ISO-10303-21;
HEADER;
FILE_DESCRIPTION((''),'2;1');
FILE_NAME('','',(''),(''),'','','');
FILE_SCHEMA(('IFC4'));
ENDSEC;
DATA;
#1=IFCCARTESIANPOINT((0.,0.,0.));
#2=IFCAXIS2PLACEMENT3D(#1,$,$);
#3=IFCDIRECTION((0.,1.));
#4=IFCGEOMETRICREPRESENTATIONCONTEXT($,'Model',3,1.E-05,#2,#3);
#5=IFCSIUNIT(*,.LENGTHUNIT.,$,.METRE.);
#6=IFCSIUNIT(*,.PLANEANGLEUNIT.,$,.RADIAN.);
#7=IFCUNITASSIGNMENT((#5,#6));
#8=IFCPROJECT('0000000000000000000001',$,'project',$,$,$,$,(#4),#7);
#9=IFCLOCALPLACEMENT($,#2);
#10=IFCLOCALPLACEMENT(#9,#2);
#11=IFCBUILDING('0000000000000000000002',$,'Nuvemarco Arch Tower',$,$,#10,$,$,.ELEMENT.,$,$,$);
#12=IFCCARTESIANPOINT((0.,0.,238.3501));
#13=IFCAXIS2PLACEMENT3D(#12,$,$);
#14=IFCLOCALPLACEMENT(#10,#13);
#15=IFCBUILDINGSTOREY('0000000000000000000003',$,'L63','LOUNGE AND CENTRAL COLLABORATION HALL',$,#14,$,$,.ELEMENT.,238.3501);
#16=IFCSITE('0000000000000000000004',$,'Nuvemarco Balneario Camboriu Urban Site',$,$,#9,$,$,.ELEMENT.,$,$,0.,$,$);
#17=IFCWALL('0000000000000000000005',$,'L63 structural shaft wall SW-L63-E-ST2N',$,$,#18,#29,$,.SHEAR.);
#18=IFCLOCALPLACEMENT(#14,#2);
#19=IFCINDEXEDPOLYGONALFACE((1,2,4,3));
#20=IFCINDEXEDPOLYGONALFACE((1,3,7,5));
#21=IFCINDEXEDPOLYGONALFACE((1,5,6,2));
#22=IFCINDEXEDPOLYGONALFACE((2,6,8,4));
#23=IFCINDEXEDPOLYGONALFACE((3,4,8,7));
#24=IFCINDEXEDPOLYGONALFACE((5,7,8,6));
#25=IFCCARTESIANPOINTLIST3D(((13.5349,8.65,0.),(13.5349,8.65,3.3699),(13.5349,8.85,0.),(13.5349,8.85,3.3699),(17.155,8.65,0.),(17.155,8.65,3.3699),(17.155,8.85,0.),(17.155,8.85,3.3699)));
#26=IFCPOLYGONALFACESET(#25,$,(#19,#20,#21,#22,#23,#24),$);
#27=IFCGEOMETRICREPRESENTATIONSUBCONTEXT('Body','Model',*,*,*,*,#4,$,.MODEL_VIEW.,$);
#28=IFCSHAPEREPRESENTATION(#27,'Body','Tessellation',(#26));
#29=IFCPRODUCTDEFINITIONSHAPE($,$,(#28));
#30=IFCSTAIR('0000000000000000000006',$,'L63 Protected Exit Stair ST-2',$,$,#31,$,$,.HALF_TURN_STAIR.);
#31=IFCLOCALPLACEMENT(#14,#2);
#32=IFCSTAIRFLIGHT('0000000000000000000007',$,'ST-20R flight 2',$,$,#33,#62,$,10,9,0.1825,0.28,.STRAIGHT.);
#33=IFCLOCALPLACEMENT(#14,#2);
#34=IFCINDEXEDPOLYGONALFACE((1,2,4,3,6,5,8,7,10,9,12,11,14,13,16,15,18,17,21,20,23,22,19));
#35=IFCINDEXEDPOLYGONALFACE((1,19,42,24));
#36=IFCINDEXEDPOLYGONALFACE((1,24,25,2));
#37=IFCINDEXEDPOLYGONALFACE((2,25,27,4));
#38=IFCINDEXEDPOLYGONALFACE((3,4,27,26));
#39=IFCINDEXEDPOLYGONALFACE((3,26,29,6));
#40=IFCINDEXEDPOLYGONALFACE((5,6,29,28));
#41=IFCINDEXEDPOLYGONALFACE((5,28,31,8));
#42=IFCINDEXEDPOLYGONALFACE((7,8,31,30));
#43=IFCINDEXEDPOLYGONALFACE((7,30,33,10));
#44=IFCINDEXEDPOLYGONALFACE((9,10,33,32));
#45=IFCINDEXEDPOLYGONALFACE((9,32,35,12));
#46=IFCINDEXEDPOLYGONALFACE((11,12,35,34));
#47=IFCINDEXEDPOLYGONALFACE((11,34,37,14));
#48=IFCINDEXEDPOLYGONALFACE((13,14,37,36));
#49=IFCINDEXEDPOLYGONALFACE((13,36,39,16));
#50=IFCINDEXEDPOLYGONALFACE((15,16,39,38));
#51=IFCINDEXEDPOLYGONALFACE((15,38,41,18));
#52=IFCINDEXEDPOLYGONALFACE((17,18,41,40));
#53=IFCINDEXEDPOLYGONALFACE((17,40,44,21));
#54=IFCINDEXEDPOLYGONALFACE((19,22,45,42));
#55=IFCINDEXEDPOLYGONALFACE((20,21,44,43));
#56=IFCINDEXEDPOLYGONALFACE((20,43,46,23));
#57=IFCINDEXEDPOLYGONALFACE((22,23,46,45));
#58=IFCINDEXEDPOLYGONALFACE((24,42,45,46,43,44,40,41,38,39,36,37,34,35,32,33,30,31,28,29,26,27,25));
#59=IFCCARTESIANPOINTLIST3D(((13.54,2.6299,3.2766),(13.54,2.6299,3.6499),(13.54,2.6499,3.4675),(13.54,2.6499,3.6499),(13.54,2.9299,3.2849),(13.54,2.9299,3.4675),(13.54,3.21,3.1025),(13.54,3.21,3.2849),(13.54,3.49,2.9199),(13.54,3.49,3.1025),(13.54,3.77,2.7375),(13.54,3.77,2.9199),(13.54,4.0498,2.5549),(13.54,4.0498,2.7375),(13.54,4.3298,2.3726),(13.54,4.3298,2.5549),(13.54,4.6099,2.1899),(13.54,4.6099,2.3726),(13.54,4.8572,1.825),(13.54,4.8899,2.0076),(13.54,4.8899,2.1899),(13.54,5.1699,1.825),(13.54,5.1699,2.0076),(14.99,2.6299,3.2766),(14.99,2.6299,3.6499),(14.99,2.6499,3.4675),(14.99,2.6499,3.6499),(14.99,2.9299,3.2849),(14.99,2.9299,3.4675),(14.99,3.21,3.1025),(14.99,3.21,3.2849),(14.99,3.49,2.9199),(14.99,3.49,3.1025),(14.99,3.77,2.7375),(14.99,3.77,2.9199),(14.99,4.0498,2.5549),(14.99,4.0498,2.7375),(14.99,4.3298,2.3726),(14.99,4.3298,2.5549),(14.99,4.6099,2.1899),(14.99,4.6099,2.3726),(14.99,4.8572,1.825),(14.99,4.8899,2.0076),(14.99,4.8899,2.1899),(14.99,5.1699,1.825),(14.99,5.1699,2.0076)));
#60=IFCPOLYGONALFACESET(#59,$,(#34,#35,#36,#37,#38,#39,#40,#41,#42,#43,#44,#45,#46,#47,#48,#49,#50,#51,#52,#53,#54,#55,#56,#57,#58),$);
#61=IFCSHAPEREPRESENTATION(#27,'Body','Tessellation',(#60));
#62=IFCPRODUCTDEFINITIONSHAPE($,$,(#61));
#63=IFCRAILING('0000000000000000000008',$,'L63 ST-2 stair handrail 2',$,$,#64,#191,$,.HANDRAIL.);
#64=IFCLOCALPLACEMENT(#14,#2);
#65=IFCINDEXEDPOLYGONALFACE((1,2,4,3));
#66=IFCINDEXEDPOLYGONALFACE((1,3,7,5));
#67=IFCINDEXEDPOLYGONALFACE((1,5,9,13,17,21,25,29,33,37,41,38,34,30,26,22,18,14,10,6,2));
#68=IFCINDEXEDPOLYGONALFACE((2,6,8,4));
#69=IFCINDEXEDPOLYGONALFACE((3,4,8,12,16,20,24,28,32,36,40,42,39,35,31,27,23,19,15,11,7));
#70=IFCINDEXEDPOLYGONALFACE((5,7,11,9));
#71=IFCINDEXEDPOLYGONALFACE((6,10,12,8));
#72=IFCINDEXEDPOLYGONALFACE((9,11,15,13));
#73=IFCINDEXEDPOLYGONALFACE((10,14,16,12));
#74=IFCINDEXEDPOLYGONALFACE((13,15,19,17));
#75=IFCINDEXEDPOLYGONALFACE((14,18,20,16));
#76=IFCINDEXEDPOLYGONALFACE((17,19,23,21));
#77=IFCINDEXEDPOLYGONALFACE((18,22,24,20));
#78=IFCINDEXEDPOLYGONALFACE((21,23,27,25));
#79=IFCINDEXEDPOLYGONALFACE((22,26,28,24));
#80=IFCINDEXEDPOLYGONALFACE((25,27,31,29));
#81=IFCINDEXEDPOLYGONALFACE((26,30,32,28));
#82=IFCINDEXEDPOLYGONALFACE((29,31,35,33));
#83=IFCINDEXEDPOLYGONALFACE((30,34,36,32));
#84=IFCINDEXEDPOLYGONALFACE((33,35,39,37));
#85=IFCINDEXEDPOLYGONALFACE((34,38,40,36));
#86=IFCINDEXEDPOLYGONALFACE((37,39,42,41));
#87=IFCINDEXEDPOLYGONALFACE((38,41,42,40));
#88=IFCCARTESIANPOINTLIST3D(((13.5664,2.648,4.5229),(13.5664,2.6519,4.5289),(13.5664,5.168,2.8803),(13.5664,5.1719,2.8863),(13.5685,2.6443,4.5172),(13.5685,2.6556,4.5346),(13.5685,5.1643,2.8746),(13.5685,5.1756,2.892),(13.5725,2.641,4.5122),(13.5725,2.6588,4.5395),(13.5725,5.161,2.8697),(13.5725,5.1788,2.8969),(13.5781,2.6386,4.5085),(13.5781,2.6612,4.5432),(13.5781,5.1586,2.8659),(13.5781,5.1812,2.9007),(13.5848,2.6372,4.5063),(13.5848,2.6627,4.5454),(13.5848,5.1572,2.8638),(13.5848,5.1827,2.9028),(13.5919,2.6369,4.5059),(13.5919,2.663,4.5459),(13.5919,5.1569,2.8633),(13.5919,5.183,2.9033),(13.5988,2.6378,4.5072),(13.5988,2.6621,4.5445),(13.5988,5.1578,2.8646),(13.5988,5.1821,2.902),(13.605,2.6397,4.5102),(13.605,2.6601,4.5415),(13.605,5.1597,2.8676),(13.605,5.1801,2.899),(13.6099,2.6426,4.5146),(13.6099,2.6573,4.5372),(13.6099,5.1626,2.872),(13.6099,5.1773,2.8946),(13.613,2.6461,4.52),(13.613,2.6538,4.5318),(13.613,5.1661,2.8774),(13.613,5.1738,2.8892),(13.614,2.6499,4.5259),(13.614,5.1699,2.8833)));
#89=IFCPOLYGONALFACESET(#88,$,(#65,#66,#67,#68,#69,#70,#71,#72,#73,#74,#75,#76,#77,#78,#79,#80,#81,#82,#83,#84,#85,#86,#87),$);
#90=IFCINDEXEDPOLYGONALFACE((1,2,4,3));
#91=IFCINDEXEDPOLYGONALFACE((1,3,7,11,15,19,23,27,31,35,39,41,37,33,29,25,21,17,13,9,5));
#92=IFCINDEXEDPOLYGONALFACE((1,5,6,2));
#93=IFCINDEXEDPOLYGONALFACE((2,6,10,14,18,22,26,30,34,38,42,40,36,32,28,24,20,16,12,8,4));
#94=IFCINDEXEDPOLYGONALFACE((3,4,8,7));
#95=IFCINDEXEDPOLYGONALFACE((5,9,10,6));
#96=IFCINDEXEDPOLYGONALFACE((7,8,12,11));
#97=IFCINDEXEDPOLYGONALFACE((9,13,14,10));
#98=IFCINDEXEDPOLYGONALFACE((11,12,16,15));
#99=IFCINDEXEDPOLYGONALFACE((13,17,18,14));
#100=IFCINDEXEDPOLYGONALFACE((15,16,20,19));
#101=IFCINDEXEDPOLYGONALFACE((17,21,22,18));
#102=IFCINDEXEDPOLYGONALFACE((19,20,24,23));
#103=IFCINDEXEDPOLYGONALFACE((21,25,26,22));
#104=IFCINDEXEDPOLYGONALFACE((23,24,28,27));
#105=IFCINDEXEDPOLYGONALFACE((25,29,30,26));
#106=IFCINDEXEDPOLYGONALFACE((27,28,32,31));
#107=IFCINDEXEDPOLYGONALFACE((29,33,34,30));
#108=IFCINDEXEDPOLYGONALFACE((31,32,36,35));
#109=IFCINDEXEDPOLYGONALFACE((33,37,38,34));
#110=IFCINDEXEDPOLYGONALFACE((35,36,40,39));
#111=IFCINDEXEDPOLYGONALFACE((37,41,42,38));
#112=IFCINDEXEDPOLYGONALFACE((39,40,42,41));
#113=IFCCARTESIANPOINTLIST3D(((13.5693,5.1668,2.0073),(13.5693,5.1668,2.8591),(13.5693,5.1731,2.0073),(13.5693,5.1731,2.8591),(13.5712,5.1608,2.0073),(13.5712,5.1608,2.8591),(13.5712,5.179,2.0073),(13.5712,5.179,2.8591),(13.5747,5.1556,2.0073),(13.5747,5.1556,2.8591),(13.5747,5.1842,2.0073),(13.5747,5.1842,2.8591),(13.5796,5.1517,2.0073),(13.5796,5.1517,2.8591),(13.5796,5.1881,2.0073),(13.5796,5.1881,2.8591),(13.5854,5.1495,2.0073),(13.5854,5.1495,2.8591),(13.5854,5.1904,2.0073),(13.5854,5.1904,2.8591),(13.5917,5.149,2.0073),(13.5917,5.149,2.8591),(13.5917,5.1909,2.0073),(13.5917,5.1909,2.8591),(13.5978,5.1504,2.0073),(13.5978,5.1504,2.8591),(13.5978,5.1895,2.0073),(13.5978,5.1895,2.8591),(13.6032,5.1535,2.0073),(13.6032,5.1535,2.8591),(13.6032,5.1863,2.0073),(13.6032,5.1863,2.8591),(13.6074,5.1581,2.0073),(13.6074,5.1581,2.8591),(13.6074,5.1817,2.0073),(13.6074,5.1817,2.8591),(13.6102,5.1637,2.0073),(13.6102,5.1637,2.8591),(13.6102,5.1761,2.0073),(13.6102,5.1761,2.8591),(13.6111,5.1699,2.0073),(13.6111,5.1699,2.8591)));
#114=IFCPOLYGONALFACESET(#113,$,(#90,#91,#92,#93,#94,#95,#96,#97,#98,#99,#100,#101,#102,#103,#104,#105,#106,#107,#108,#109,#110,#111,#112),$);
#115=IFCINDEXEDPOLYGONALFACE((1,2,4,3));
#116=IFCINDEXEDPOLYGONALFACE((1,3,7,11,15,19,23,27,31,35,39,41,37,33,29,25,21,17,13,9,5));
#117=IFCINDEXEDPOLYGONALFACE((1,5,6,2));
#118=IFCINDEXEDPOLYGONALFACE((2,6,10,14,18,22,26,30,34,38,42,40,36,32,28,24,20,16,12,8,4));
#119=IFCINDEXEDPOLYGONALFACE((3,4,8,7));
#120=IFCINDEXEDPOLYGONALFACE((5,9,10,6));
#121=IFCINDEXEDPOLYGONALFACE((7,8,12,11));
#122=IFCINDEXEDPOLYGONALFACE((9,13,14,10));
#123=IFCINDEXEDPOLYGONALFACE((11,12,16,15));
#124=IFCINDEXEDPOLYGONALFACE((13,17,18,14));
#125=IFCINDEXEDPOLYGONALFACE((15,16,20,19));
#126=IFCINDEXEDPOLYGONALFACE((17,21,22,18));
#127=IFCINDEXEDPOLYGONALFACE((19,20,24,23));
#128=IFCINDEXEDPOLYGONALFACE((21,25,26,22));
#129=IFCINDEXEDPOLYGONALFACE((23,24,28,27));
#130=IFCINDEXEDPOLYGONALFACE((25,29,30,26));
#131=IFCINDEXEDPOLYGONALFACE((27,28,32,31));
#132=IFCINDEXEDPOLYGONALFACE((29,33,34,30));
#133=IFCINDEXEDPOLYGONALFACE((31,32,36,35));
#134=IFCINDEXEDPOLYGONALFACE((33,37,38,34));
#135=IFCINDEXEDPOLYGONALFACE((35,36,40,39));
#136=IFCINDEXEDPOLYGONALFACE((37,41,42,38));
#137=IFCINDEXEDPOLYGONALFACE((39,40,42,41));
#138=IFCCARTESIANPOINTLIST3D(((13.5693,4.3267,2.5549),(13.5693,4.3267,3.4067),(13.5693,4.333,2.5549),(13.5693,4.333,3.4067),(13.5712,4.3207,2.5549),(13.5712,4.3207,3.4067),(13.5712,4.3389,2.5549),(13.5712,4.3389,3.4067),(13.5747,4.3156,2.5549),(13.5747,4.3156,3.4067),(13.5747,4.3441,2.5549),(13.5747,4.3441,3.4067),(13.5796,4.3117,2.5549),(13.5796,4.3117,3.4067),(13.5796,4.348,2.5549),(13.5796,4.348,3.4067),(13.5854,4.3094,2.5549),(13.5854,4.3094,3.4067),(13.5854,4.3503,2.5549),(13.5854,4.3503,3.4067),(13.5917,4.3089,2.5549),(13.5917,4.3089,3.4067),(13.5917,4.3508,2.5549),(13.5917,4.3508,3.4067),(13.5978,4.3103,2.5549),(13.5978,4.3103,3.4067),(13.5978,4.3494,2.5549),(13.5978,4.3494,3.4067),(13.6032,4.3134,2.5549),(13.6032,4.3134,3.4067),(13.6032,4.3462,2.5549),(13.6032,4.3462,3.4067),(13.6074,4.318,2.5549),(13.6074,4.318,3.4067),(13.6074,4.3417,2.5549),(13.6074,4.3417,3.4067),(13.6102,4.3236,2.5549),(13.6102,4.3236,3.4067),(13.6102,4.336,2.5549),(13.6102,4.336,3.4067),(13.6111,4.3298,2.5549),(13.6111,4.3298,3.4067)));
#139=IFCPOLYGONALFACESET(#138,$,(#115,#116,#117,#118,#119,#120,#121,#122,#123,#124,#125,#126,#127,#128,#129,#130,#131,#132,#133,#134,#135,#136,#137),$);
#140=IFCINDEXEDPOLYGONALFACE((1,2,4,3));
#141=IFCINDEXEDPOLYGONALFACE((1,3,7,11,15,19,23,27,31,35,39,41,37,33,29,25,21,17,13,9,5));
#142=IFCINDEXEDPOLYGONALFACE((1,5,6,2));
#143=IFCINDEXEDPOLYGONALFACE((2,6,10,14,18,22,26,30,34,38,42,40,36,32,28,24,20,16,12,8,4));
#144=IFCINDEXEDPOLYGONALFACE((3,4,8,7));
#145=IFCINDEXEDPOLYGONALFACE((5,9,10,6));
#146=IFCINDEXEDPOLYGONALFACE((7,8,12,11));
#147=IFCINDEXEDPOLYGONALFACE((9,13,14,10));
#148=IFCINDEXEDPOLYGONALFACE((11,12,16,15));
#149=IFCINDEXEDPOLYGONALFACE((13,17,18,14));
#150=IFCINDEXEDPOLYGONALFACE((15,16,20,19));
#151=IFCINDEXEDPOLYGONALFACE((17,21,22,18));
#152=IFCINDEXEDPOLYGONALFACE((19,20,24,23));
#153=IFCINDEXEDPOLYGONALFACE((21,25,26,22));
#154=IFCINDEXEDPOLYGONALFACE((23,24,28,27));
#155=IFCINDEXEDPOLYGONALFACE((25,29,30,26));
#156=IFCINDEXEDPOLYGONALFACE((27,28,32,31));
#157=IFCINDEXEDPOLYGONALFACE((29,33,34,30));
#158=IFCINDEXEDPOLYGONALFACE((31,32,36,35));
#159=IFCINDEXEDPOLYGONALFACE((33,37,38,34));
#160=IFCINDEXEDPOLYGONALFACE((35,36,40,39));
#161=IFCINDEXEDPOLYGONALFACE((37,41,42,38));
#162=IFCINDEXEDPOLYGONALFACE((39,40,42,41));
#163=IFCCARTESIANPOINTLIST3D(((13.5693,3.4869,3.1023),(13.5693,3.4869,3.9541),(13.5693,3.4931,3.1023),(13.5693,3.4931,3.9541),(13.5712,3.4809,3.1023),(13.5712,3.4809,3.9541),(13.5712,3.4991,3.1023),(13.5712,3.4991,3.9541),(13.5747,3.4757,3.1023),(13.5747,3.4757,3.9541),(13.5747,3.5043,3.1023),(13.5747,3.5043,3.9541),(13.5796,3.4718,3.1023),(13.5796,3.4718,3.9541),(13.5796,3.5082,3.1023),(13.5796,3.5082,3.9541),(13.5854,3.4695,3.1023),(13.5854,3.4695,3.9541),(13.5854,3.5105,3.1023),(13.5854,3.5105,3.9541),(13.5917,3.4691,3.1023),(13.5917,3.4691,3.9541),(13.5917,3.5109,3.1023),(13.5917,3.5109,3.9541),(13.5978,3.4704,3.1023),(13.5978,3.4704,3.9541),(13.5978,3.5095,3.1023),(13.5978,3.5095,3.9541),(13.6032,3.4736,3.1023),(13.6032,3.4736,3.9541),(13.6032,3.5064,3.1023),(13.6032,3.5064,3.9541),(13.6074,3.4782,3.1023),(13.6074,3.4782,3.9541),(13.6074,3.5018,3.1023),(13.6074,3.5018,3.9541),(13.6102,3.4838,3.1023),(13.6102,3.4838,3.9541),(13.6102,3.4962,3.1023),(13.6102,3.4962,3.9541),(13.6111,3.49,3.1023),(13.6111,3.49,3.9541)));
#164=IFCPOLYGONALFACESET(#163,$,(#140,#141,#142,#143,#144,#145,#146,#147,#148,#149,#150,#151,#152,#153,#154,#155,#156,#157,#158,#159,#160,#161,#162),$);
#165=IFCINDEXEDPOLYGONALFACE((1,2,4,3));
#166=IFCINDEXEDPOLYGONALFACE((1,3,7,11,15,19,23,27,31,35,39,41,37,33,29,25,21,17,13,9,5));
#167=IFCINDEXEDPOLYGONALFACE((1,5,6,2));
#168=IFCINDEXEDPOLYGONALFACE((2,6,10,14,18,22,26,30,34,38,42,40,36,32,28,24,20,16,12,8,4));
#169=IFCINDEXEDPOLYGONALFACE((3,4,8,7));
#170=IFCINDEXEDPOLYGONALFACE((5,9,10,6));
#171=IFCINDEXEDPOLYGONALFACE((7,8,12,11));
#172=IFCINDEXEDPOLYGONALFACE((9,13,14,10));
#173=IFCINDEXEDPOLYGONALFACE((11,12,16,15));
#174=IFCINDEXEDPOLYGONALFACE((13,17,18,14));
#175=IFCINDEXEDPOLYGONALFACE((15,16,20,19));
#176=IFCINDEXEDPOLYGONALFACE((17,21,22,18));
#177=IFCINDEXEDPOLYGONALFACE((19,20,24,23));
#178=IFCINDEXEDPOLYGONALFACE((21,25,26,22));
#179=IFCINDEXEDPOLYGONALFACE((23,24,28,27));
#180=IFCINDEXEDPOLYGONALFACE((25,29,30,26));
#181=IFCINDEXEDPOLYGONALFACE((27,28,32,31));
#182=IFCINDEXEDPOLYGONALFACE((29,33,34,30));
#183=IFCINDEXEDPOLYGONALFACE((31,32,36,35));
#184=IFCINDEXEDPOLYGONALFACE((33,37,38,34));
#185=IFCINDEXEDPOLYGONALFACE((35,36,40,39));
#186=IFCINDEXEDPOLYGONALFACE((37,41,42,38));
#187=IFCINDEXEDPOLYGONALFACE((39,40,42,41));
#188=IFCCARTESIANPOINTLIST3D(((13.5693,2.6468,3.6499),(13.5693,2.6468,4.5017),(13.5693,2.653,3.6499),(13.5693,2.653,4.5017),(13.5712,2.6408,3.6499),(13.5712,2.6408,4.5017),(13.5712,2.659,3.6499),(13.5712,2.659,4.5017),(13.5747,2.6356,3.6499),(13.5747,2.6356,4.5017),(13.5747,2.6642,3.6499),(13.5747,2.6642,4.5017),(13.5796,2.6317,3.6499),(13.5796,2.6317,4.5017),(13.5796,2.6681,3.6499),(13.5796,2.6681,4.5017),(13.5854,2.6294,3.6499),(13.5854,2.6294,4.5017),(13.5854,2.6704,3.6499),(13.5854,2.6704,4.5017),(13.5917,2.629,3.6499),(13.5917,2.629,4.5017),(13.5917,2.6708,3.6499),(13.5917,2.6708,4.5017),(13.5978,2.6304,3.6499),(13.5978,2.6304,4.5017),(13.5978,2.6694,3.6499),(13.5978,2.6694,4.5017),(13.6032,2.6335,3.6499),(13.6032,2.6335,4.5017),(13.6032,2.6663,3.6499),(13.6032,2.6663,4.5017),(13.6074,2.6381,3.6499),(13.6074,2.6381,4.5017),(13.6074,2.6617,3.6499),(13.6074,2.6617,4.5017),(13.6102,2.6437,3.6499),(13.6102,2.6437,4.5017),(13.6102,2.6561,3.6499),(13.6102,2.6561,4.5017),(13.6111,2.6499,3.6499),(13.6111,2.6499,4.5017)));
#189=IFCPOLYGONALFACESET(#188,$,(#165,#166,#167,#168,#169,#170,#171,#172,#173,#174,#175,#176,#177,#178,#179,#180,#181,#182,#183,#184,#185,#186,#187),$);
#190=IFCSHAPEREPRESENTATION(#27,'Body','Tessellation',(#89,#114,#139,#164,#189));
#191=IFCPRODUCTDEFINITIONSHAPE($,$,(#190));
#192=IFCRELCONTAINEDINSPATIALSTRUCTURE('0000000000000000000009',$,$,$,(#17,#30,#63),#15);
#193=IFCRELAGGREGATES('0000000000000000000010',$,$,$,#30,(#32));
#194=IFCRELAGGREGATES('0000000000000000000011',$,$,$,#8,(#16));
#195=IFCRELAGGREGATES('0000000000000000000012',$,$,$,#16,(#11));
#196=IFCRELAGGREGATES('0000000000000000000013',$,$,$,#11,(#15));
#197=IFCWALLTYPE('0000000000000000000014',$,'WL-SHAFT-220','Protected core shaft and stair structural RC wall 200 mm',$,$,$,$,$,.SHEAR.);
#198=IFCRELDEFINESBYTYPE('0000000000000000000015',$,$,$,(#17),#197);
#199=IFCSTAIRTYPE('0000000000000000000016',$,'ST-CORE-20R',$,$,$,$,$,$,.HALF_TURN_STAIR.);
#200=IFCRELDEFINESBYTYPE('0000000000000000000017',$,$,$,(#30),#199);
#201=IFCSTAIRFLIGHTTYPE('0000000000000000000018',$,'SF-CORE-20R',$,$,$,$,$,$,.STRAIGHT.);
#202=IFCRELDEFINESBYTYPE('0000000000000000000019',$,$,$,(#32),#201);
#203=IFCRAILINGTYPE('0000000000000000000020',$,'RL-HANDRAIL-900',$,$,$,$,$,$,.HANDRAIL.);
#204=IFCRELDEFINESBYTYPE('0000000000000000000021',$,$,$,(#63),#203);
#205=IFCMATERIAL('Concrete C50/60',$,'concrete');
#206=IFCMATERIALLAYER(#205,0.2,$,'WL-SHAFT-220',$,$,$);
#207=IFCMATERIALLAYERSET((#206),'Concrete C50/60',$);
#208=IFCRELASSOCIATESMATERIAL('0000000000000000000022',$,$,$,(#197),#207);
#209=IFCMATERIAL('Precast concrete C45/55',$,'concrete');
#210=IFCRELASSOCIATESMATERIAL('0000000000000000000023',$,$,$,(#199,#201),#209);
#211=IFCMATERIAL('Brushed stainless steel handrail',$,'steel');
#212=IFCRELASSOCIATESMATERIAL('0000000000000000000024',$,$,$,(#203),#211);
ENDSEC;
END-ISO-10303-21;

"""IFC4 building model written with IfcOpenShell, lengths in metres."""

from ifc_helpers import new_model, si_unit, direction, frame, frame_2d, origin, origin_2d, place, context, subcontext, project, spatial, polyline, rectangle, circle, outline, extrude, material, layer, layer_set, type_object, element, aggregate, save


model = new_model("IFC4")

# Units and contexts
model_context = context("Model", 3, precision=1e-05, world=origin(), true_north=direction((0.0, 1.0)))
body_context = subcontext(model_context, "Body", "Model", "MODEL_VIEW")
ifc_project = project(units=[si_unit("LENGTHUNIT", "METRE"), si_unit("PLANEANGLEUNIT", "RADIAN")], contexts=[model_context])

# Site, building, storey
site_placement = place(None, origin())
site = spatial("IfcSite", under=ifc_project, at=site_placement, Name="Nuvemarco Balneario Camboriu Urban Site", CompositionType="ELEMENT", RefElevation=0.0)
building_placement = place(site_placement, origin())
building = spatial("IfcBuilding", under=site, at=building_placement, Name="Nuvemarco Arch Tower", CompositionType="ELEMENT")
storey_placement = place(building_placement, frame((0.0, 0.0, 238.3501)))
storey = spatial("IfcBuildingStorey", under=building, at=storey_placement, Name="L63", Description="LOUNGE AND CENTRAL COLLABORATION HALL", CompositionType="ELEMENT", Elevation=238.3501)

# Shared definitions
ifc_material_1 = material(Name="Concrete C50/60", Category="concrete")

# Shared definitions
ifc_material_2 = material(Name="Precast concrete C45/55", Category="concrete")

# Wall
ifc_layer_1 = layer(ifc_material_1, 0.2, Name="WL-SHAFT-220")
ifc_layer_set_1 = layer_set([ifc_layer_1], Name="Concrete C50/60")
wall_type_1 = type_object("IfcWallType", Name="WL-SHAFT-220", Description="Protected core shaft and stair structural RC wall 200 mm", PredefinedType="SHEAR", material=ifc_layer_set_1)
wall_1_placement = place(storey_placement, frame((13.5349, 8.75, 0.0), z_axis=(0.0, 0.0, 1.0), x_axis=(1.0, 0.0, 0.0)))
element("IfcWall", 1, at=wall_1_placement, inside=storey, type_object=wall_type_1, Name="L63 structural shaft wall SW-L63-E-ST2N", PredefinedType="SHEAR", context=body_context, shape_type="SweptSolid", body=[
    extrude(rectangle(XDim=3.6201, YDim=0.2, at=frame_2d((1.8101, 0.0))), origin(), (0.0, 0.0, 1.0), 3.3699),
])

# Stair, stair flight
stair_type = type_object("IfcStairType", Name="ST-CORE-20R", PredefinedType="HALF_TURN_STAIR", material=ifc_material_2)
stair_placement = place(storey_placement, origin())
stair = element("IfcStair", 2, at=stair_placement, inside=storey, type_object=stair_type, Name="L63 Protected Exit Stair ST-2", PredefinedType="HALF_TURN_STAIR")
stair_flight_type = type_object("IfcStairFlightType", Name="SF-CORE-20R", PredefinedType="STRAIGHT", material=ifc_material_2)
stair_flight_placement = place(storey_placement, frame((14.2649, 5.1699, 1.825), z_axis=(0.0, 0.0, 1.0), x_axis=(0.0, -1.0, 0.0)))
stair_flight = element("IfcStairFlight", 3, at=stair_flight_placement, type_object=stair_flight_type, Name="ST-20R flight 2", NumberOfRisers=10, NumberOfTreads=9, PredefinedType="STRAIGHT", RiserHeight=0.1825, TreadLength=0.28, context=body_context, shape_type="SweptSolid", body=[
    extrude(outline(polyline([(0.0, 0.0), (0.0, 0.1826), (0.28, 0.1826), (0.28, 0.365), (0.5601, 0.365), (0.5601, 0.5476), (0.8401, 0.5476), (0.8401, 0.73), (1.1201, 0.73), (1.1201, 0.9126), (1.3999, 0.9126), (1.3999, 1.095), (1.6799, 1.095), (1.6799, 1.2776), (1.96, 1.2776), (1.96, 1.46), (2.24, 1.46), (2.24, 1.6426), (2.52, 1.6426), (2.52, 1.825), (2.54, 1.825), (2.54, 1.4517), (0.3127, 0.0), (0.0, 0.0)])), frame((0.0, 0.7251, 0.0), z_axis=(0.0, -1.0, 0.0), x_axis=(1.0, 0.0, 0.0)), (0.0, 0.0, 1.0), 1.45),
])
aggregate(stair, [stair_flight])

# Railing
ifc_material_3 = material(Name="Brushed stainless steel handrail", Category="steel")
railing_type_1 = type_object("IfcRailingType", Name="RL-HANDRAIL-900", PredefinedType="HANDRAIL", material=ifc_material_3)
railing_1_placement = place(storey_placement, frame((13.5901, 5.1699, 2.0073)))
element("IfcRailing", 4, at=railing_1_placement, inside=storey, type_object=railing_type_1, Name="L63 ST-2 stair handrail 2", PredefinedType="HANDRAIL", context=body_context, shape_type="SweptSolid", body=[
    extrude(circle(Radius=0.0239, at=origin_2d()), frame((0.0, 0.0, 0.876), z_axis=(0.0, -0.837749, 0.546055), x_axis=(1.0, 0.0, 0.0)), (0.0, 0.0, 1.0), 3.0081),
    extrude(circle(Radius=0.021, at=origin_2d()), origin(), (0.0, 0.0, 1.0), 0.8518),
    extrude(circle(Radius=0.021, at=origin_2d()), frame((0.0, -0.8401, 0.5476)), (0.0, 0.0, 1.0), 0.8518),
    extrude(circle(Radius=0.021, at=origin_2d()), frame((0.0, -1.6799, 1.095)), (0.0, 0.0, 1.0), 0.8518),
    extrude(circle(Radius=0.021, at=origin_2d()), frame((0.0, -2.52, 1.6426)), (0.0, 0.0, 1.0), 0.8518),
])

save(model, "model.ifc")
